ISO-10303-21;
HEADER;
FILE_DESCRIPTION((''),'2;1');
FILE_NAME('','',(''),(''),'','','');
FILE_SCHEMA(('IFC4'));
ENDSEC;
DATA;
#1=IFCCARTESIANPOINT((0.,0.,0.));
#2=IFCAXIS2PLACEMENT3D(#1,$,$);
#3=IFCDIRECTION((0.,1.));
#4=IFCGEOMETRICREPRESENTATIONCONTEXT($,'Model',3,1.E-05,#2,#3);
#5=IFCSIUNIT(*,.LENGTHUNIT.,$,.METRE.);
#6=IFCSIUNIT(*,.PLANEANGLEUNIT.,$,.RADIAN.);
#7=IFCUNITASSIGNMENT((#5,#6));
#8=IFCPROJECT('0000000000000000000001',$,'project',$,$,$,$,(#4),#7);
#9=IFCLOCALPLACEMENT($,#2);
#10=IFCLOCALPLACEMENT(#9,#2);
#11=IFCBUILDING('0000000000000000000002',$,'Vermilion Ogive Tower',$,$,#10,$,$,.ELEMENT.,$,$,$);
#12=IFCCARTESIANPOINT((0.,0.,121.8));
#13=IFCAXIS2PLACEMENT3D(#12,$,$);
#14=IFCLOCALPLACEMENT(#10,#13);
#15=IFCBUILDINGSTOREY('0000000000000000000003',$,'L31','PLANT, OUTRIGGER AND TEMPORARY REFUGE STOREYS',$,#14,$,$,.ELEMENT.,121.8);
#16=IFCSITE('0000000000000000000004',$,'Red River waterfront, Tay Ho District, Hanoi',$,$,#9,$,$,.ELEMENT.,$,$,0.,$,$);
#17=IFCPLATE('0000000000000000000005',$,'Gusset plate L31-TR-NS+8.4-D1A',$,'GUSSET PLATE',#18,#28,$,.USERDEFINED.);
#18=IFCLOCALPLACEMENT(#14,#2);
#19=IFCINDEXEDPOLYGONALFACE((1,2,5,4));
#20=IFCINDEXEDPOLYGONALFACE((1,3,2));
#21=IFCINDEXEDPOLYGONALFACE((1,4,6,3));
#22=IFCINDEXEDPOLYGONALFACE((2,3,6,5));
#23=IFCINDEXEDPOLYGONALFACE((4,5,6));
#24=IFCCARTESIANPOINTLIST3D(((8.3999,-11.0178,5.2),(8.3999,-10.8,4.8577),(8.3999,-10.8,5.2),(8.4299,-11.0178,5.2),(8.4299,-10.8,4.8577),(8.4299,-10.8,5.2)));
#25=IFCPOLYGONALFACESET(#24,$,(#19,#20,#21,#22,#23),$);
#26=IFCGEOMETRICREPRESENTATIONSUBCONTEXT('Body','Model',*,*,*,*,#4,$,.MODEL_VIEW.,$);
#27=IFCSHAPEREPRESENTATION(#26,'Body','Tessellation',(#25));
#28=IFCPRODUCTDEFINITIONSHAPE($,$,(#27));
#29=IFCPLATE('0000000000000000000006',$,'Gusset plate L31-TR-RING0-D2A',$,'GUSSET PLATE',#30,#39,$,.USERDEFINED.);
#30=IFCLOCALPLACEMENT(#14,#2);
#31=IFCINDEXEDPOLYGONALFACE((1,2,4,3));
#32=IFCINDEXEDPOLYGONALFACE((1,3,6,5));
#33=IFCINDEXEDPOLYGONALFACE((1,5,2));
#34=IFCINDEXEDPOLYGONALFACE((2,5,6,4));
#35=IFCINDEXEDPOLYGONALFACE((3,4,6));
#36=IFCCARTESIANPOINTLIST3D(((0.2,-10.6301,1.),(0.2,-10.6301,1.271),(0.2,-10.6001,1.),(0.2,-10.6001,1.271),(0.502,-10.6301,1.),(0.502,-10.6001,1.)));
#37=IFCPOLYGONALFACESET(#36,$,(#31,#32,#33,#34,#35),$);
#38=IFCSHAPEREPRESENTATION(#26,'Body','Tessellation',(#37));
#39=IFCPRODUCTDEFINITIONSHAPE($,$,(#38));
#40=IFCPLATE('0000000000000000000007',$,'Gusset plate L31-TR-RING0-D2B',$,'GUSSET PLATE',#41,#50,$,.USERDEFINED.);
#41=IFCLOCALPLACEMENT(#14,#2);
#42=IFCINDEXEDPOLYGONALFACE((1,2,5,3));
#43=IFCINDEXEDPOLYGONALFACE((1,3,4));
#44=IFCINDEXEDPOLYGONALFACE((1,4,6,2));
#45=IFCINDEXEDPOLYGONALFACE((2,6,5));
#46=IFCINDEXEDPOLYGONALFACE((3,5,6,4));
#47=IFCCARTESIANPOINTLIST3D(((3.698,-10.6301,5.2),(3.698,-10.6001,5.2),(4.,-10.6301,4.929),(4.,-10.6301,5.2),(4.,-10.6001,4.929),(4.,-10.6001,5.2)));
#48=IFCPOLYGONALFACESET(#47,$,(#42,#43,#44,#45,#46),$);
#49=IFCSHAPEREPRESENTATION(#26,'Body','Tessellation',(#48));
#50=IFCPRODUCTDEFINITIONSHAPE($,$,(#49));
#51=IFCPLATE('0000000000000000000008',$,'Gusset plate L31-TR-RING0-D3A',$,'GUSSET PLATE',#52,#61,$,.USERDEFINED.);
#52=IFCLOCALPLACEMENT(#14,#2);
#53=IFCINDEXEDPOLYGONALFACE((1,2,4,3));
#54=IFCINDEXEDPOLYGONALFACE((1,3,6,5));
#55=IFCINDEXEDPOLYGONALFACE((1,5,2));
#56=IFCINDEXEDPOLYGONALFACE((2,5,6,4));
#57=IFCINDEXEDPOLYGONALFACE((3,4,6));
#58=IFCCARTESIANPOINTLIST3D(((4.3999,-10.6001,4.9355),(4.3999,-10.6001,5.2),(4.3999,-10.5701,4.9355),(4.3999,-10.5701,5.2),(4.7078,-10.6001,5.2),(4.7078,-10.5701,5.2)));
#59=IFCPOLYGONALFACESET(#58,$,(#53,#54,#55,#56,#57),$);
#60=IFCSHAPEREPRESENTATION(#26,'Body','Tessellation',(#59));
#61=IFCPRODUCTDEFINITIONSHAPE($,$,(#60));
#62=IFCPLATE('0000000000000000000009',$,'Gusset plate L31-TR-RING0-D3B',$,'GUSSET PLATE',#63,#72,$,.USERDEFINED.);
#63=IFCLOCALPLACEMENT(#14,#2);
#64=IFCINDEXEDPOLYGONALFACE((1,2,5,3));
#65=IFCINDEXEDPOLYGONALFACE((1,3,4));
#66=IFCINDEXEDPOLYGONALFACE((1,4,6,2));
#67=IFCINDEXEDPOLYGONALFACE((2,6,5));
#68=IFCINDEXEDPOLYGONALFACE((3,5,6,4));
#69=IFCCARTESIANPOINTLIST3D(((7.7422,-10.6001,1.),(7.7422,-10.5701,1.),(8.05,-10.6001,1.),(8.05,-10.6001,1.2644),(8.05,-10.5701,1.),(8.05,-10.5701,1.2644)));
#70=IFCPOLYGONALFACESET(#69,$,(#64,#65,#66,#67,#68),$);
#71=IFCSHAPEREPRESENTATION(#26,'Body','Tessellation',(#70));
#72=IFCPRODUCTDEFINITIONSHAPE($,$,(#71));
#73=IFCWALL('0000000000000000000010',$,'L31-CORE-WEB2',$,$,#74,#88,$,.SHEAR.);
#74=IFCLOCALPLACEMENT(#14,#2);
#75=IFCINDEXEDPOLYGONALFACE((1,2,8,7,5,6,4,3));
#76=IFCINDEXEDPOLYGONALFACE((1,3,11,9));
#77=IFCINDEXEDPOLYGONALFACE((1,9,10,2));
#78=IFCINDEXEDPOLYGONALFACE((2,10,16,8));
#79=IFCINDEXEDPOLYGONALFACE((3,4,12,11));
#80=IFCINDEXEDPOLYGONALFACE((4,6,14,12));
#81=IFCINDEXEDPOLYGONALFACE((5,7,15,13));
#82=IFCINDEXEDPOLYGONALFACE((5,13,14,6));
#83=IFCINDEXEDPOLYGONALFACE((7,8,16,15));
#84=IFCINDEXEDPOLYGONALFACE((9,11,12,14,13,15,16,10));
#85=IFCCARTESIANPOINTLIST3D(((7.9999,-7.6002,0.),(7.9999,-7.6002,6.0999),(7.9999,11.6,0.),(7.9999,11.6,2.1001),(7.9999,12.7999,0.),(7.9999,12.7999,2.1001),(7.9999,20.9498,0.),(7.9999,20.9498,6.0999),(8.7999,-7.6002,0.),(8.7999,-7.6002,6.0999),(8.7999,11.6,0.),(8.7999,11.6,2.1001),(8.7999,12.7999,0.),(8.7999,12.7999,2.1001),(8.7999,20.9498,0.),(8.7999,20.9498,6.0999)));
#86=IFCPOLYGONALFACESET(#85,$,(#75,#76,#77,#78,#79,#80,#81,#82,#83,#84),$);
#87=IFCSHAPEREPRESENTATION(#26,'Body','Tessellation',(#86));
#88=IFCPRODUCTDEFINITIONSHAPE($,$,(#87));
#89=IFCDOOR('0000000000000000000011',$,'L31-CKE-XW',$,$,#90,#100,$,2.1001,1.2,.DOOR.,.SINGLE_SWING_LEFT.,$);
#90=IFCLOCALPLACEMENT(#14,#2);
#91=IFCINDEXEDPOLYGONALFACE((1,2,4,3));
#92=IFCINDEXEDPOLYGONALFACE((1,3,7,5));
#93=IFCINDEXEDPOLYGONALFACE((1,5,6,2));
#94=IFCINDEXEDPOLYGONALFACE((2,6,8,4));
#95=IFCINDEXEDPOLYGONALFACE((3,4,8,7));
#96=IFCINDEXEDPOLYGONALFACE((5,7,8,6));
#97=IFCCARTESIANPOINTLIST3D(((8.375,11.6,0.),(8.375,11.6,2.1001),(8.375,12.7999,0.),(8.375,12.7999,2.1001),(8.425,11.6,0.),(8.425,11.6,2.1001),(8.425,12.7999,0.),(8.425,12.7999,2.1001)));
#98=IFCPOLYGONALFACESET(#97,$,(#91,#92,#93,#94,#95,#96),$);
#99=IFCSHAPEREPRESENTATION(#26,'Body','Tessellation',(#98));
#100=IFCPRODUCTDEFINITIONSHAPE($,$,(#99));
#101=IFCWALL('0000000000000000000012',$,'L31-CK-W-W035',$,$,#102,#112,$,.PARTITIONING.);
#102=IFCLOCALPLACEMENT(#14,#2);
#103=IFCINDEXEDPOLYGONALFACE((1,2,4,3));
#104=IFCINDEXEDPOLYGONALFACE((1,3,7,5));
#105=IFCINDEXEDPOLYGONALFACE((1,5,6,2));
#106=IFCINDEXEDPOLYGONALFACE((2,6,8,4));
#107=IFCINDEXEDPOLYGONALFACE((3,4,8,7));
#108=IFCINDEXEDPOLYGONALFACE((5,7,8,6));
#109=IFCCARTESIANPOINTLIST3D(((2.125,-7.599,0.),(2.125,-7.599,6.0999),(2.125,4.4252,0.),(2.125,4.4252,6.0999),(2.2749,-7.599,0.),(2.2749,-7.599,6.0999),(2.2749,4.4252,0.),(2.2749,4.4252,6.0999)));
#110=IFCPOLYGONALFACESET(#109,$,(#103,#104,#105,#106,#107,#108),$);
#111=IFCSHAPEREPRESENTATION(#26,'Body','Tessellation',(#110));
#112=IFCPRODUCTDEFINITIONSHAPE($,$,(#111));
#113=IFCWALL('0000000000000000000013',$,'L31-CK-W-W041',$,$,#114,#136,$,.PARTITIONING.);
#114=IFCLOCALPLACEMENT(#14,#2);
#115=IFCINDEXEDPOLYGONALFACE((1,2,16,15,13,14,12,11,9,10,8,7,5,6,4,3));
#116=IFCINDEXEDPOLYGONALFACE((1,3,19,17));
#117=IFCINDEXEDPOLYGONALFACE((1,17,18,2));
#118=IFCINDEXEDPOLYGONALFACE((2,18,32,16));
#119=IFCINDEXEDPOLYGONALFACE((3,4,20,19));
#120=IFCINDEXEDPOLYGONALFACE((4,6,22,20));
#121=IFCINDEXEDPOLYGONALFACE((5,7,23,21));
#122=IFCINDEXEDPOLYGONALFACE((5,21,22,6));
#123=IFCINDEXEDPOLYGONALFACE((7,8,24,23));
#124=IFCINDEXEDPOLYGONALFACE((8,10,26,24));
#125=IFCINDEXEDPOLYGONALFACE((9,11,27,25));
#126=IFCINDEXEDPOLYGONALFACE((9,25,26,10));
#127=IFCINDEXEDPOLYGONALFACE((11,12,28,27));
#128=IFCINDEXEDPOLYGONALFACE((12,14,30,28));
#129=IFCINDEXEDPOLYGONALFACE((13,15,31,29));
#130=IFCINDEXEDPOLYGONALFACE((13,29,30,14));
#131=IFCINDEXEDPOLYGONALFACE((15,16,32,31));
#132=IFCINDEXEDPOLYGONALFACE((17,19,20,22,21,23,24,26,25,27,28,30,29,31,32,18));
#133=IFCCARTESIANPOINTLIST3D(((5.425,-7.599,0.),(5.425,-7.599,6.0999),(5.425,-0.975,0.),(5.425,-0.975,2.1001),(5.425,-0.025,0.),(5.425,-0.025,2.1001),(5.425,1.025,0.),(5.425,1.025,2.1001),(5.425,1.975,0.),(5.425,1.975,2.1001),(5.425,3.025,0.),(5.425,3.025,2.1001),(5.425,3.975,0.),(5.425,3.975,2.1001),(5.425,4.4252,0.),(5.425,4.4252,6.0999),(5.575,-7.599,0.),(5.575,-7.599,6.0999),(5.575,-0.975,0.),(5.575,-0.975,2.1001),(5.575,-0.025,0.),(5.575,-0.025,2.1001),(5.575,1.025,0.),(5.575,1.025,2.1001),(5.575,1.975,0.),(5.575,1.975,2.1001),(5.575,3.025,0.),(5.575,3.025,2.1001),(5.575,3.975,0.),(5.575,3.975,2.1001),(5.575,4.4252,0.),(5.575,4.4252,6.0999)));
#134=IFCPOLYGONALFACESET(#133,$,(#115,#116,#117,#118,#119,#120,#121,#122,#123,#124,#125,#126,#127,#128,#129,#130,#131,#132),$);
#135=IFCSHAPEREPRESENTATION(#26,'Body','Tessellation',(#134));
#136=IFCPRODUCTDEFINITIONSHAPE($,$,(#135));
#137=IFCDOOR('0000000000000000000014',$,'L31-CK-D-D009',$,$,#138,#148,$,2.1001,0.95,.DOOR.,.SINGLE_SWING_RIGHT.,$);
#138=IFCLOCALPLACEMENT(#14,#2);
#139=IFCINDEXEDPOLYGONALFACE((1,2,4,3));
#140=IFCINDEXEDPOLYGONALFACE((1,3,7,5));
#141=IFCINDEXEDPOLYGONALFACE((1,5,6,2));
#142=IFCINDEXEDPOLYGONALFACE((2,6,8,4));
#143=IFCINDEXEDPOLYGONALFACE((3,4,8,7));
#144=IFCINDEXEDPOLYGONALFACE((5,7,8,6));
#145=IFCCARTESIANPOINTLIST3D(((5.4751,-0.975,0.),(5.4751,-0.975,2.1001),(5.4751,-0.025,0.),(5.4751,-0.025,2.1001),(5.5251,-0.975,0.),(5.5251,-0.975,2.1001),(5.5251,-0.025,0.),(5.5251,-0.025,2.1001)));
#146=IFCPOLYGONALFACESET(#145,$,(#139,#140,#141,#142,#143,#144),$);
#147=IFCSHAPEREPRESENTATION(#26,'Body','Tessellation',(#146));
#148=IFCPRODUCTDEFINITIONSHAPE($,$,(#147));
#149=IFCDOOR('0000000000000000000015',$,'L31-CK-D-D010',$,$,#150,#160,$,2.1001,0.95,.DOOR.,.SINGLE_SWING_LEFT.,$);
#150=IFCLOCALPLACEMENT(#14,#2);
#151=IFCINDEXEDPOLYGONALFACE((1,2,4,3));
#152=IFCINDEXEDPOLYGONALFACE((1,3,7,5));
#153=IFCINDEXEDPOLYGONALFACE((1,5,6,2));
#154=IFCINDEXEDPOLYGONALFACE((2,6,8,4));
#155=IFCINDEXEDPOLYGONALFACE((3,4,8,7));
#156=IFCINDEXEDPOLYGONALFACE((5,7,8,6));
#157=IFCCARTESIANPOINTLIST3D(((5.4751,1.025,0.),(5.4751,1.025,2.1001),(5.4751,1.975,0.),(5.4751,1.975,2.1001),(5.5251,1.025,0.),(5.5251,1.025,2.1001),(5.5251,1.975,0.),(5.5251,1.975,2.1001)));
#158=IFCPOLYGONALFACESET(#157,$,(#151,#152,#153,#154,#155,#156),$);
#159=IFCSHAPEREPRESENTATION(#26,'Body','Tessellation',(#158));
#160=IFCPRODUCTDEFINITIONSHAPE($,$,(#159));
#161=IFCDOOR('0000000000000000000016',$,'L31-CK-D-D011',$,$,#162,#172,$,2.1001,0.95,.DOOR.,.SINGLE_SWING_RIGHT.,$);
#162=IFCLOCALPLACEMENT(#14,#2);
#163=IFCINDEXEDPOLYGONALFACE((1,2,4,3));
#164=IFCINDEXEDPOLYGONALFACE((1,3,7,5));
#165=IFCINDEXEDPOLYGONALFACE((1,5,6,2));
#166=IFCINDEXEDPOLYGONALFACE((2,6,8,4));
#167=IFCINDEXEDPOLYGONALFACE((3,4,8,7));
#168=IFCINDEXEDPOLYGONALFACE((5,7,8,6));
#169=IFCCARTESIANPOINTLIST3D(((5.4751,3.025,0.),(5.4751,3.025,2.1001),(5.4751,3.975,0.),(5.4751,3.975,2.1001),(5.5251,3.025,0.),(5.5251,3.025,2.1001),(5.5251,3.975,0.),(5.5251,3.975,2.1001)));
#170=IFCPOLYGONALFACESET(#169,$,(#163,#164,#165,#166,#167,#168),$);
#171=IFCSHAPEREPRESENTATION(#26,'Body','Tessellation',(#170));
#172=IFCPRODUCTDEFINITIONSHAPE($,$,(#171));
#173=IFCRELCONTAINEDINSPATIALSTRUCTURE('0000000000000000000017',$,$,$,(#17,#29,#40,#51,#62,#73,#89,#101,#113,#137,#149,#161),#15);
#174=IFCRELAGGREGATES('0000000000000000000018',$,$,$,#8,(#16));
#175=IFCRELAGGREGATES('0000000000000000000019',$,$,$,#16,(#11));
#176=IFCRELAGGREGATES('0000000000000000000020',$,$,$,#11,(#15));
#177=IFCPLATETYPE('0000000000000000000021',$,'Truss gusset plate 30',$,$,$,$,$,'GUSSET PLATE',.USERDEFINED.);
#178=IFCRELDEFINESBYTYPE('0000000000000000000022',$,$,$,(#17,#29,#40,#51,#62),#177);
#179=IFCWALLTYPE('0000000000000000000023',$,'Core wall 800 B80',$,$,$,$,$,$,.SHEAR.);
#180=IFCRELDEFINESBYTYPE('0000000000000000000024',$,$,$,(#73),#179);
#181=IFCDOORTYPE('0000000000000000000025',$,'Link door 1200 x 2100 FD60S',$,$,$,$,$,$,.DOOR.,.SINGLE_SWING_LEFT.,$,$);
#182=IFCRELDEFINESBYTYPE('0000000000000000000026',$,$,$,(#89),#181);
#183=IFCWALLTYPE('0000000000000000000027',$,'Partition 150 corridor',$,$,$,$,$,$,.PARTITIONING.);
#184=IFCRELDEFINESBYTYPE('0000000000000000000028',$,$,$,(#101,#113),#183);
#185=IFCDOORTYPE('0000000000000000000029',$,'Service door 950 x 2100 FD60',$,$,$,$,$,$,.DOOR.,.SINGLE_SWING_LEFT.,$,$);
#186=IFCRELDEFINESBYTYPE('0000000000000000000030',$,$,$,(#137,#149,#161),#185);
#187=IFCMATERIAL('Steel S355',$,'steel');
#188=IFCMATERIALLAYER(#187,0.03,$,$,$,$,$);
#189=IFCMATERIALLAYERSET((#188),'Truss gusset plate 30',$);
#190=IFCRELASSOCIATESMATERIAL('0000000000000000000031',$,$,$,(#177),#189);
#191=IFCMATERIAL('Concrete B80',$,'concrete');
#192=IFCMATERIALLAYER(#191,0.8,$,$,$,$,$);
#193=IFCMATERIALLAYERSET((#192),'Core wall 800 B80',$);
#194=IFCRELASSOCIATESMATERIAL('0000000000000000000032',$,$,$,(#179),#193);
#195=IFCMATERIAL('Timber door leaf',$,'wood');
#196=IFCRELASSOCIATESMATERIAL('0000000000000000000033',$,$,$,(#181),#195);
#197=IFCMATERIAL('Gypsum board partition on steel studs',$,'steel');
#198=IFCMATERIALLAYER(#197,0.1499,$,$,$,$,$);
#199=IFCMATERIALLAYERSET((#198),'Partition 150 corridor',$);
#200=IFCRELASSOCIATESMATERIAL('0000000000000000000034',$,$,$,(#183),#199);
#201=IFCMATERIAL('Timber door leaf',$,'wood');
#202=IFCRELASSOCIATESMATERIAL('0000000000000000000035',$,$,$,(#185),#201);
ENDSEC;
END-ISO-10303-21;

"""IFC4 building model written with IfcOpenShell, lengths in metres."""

from ifc_helpers import new_model, si_unit, direction, frame, frame_2d, origin, place, context, subcontext, project, spatial, polyline, rectangle, outline, extrude, material, layer, layer_set, type_object, element, fill, save


model = new_model("IFC4")

# Units and contexts
model_context = context("Model", 3, precision=1e-05, world=origin(), true_north=direction((0.0, 1.0)))
body_context = subcontext(model_context, "Body", "Model", "MODEL_VIEW")
ifc_project = project(units=[si_unit("LENGTHUNIT", "METRE"), si_unit("PLANEANGLEUNIT", "RADIAN")], contexts=[model_context])

# Site, building, storey
site_placement = place(None, origin())
site = spatial("IfcSite", under=ifc_project, at=site_placement, Name="Red River waterfront, Tay Ho District, Hanoi", CompositionType="ELEMENT", RefElevation=0.0)
building_placement = place(site_placement, origin())
building = spatial("IfcBuilding", under=site, at=building_placement, Name="Vermilion Ogive Tower", CompositionType="ELEMENT")
storey_placement = place(building_placement, frame((0.0, 0.0, 121.8)))
storey = spatial("IfcBuildingStorey", under=building, at=storey_placement, Name="L31", Description="PLANT, OUTRIGGER AND TEMPORARY REFUGE STOREYS", CompositionType="ELEMENT", Elevation=121.8)

# Plates
ifc_material_1 = material(Name="Steel S355", Category="steel")
ifc_layer_1 = layer(ifc_material_1, 0.03)
ifc_layer_set_1 = layer_set([ifc_layer_1], Name="Truss gusset plate 30")
plate_type_1 = type_object("IfcPlateType", Name="Truss gusset plate 30", ElementType="GUSSET PLATE", PredefinedType="USERDEFINED", material=ifc_layer_set_1)
plate_1_placement = place(storey_placement, frame((8.3999, -10.8, 4.8577), z_axis=(-1.0, 0.0, 0.0), x_axis=(0.0, -0.536798, 0.843711)))
element("IfcPlate", 1, at=plate_1_placement, inside=storey, type_object=plate_type_1, Name="Gusset plate L31-TR-NS+8.4-D1A", ObjectType="GUSSET PLATE", PredefinedType="USERDEFINED", context=body_context, shape_type="SweptSolid", body=[
    extrude(outline(polyline([(0.0, 0.0), (0.4057, 0.0), (0.2888, 0.1837), (0.0, 0.0)])), origin(), (0.0, 0.0, -1.0), 0.03),
])
for number, where, z_axis, x_axis, name in (
    (2, (0.2, -10.6001, 1.271), (0.0, 1.0, 0.0), (0.744281, 0.0, -0.667867), "Gusset plate L31-TR-RING0-D2A"),
    (3, (4.0, -10.6001, 4.929), (0.0, 1.0, 0.0), (-0.744281, 0.0, 0.667867), "Gusset plate L31-TR-RING0-D2B"),
):
    element("IfcPlate", number, at=place(storey_placement, frame(where, z_axis=z_axis, x_axis=x_axis)), inside=storey, type_object=plate_type_1, Name=name, ObjectType="GUSSET PLATE", PredefinedType="USERDEFINED", context=body_context, shape_type="SweptSolid", body=[
        extrude(outline(polyline([(0.0, 0.0), (0.4058, 0.0), (0.181, 0.2017), (0.0, 0.0)])), origin(), (0.0, 0.0, -1.0), 0.03),
    ])
for number, where, z_axis, x_axis, name in (
    (4, (4.3999, -10.6001, 4.9355), (0.0, -1.0, 0.0), (0.758619, 0.0, 0.651534), "Gusset plate L31-TR-RING0-D3A"),
    (5, (8.05, -10.6001, 1.2644), (0.0, -1.0, 0.0), (-0.758619, 0.0, -0.651534), "Gusset plate L31-TR-RING0-D3B"),
):
    element("IfcPlate", number, at=place(storey_placement, frame(where, z_axis=z_axis, x_axis=x_axis)), inside=storey, type_object=plate_type_1, Name=name, ObjectType="GUSSET PLATE", PredefinedType="USERDEFINED", context=body_context, shape_type="SweptSolid", body=[
        extrude(outline(polyline([(0.0, 0.0), (0.4058, 0.0), (0.1723, 0.2006), (0.0, 0.0)])), origin(), (0.0, 0.0, -1.0), 0.03),
    ])

# Wall, opening, door
ifc_material_2 = material(Name="Concrete B80", Category="concrete")
ifc_layer_2 = layer(ifc_material_2, 0.8)
ifc_layer_set_2 = layer_set([ifc_layer_2], Name="Core wall 800 B80")
wall_type_1 = type_object("IfcWallType", Name="Core wall 800 B80", PredefinedType="SHEAR", material=ifc_layer_set_2)
wall_1_placement = place(storey_placement, frame((8.3999, -7.6001, 0.0), z_axis=(0.0, 0.0, 1.0), x_axis=(0.0, 1.0, 0.0)))
wall_1 = element("IfcWall", 6, at=wall_1_placement, inside=storey, type_object=wall_type_1, Name="L31-CORE-WEB2", PredefinedType="SHEAR", context=body_context, shape_type="SweptSolid", body=[
    extrude(rectangle(XDim=28.55, YDim=0.8, at=frame_2d((14.2749, 0.0))), origin(), (0.0, 0.0, 1.0), 6.0999),
])
opening_1_placement = place(wall_1_placement, frame((19.2, 0.0, 0.0)))
opening_1 = element("IfcOpeningElement", 7, at=opening_1_placement, cuts=wall_1, PredefinedType="OPENING", context=body_context, shape_type="SweptSolid", body=[
    extrude(rectangle(XDim=1.2, YDim=2.1001, at=frame_2d((0.6001, 1.05))), frame((0.0, 0.4099, 0.0), z_axis=(0.0, -1.0, 0.0), x_axis=(1.0, 0.0, 0.0)), (0.0, 0.0, 1.0), 0.8201),
])
ifc_material_3 = material(Name="Timber door leaf", Category="wood")
door_type_1 = type_object("IfcDoorType", Name="Link door 1200 x 2100 FD60S", OperationType="SINGLE_SWING_LEFT", PredefinedType="DOOR", material=ifc_material_3)
door_1_placement = place(opening_1_placement, origin())
door_1 = element("IfcDoor", 8, at=door_1_placement, inside=storey, type_object=door_type_1, Name="L31-CKE-XW", OperationType="SINGLE_SWING_LEFT", OverallHeight=2.1001, OverallWidth=1.2, PredefinedType="DOOR", context=body_context, shape_type="SweptSolid", body=[
    extrude(rectangle(XDim=1.2, YDim=2.1001, at=frame_2d((0.6001, 1.05))), frame((0.0, 0.0249, 0.0), z_axis=(0.0, -1.0, 0.0), x_axis=(1.0, 0.0, 0.0)), (0.0, 0.0, 1.0), 0.05),
])
fill(opening_1, door_1)

# Wall
ifc_material_4 = material(Name="Gypsum board partition on steel studs", Category="steel")
ifc_layer_3 = layer(ifc_material_4, 0.1499)
ifc_layer_set_3 = layer_set([ifc_layer_3], Name="Partition 150 corridor")
wall_type_2 = type_object("IfcWallType", Name="Partition 150 corridor", PredefinedType="PARTITIONING", material=ifc_layer_set_3)
wall_2_placement = place(storey_placement, frame((2.2, -7.5991, 0.0), z_axis=(0.0, 0.0, 1.0), x_axis=(0.0, 1.0, 0.0)))
element("IfcWall", 9, at=wall_2_placement, inside=storey, type_object=wall_type_2, Name="L31-CK-W-W035", PredefinedType="PARTITIONING", context=body_context, shape_type="SweptSolid", body=[
    extrude(rectangle(XDim=12.0242, YDim=0.1499, at=frame_2d((6.0122, 0.0))), origin(), (0.0, 0.0, 1.0), 6.0999),
])

# Wall, openings, doors
wall_3_placement = place(storey_placement, frame((5.5, -7.5991, 0.0), z_axis=(0.0, 0.0, 1.0), x_axis=(0.0, 1.0, 0.0)))
wall_3 = element("IfcWall", 10, at=wall_3_placement, inside=storey, type_object=wall_type_2, Name="L31-CK-W-W041", PredefinedType="PARTITIONING", context=body_context, shape_type="SweptSolid", body=[
    extrude(rectangle(XDim=12.0242, YDim=0.1499, at=frame_2d((6.0122, 0.0))), origin(), (0.0, 0.0, 1.0), 6.0999),
])
opening_2_placement = place(wall_3_placement, frame((6.624, 0.0, 0.0)))
opening_2 = element("IfcOpeningElement", 11, at=opening_2_placement, cuts=wall_3, PredefinedType="OPENING", context=body_context, shape_type="SweptSolid", body=[
    extrude(rectangle(XDim=0.95, YDim=2.1001, at=frame_2d((0.4751, 1.05))), frame((0.0, 0.085, 0.0), z_axis=(0.0, -1.0, 0.0), x_axis=(1.0, 0.0, 0.0)), (0.0, 0.0, 1.0), 0.1699),
])
opening_3_placement = place(wall_3_placement, frame((8.624, 0.0, 0.0)))
opening_3 = element("IfcOpeningElement", 12, at=opening_3_placement, cuts=wall_3, PredefinedType="OPENING", context=body_context, shape_type="SweptSolid", body=[
    extrude(rectangle(XDim=0.95, YDim=2.1001, at=frame_2d((0.4751, 1.05))), frame((0.0, 0.085, 0.0), z_axis=(0.0, -1.0, 0.0), x_axis=(1.0, 0.0, 0.0)), (0.0, 0.0, 1.0), 0.1699),
])
opening_4_placement = place(wall_3_placement, frame((10.624, 0.0, 0.0)))
opening_4 = element("IfcOpeningElement", 13, at=opening_4_placement, cuts=wall_3, PredefinedType="OPENING", context=body_context, shape_type="SweptSolid", body=[
    extrude(rectangle(XDim=0.95, YDim=2.1001, at=frame_2d((0.4751, 1.05))), frame((0.0, 0.085, 0.0), z_axis=(0.0, -1.0, 0.0), x_axis=(1.0, 0.0, 0.0)), (0.0, 0.0, 1.0), 0.1699),
])
ifc_material_5 = material(Name="Timber door leaf", Category="wood")
door_type_2 = type_object("IfcDoorType", Name="Service door 950 x 2100 FD60", OperationType="SINGLE_SWING_LEFT", PredefinedType="DOOR", material=ifc_material_5)
door_2_placement = place(opening_2_placement, origin())
door_2 = element("IfcDoor", 14, at=door_2_placement, inside=storey, type_object=door_type_2, Name="L31-CK-D-D009", OperationType="SINGLE_SWING_RIGHT", OverallHeight=2.1001, OverallWidth=0.95, PredefinedType="DOOR", context=body_context, shape_type="SweptSolid", body=[
    extrude(rectangle(XDim=0.95, YDim=2.1001, at=frame_2d((0.4751, 1.05))), frame((0.0, 0.0249, 0.0), z_axis=(0.0, -1.0, 0.0), x_axis=(1.0, 0.0, 0.0)), (0.0, 0.0, 1.0), 0.05),
])
fill(opening_2, door_2)
door_3_placement = place(opening_3_placement, origin())
door_3 = element("IfcDoor", 15, at=door_3_placement, inside=storey, type_object=door_type_2, Name="L31-CK-D-D010", OperationType="SINGLE_SWING_LEFT", OverallHeight=2.1001, OverallWidth=0.95, PredefinedType="DOOR", context=body_context, shape_type="SweptSolid", body=[
    extrude(rectangle(XDim=0.95, YDim=2.1001, at=frame_2d((0.4751, 1.05))), frame((0.0, 0.0249, 0.0), z_axis=(0.0, -1.0, 0.0), x_axis=(1.0, 0.0, 0.0)), (0.0, 0.0, 1.0), 0.05),
])
fill(opening_3, door_3)
door_4_placement = place(opening_4_placement, origin())
door_4 = element("IfcDoor", 16, at=door_4_placement, inside=storey, type_object=door_type_2, Name="L31-CK-D-D011", OperationType="SINGLE_SWING_RIGHT", OverallHeight=2.1001, OverallWidth=0.95, PredefinedType="DOOR", context=body_context, shape_type="SweptSolid", body=[
    extrude(rectangle(XDim=0.95, YDim=2.1001, at=frame_2d((0.4751, 1.05))), frame((0.0, 0.0249, 0.0), z_axis=(0.0, -1.0, 0.0), x_axis=(1.0, 0.0, 0.0)), (0.0, 0.0, 1.0), 0.05),
])
fill(opening_4, door_4)

save(model, "model.ifc")
